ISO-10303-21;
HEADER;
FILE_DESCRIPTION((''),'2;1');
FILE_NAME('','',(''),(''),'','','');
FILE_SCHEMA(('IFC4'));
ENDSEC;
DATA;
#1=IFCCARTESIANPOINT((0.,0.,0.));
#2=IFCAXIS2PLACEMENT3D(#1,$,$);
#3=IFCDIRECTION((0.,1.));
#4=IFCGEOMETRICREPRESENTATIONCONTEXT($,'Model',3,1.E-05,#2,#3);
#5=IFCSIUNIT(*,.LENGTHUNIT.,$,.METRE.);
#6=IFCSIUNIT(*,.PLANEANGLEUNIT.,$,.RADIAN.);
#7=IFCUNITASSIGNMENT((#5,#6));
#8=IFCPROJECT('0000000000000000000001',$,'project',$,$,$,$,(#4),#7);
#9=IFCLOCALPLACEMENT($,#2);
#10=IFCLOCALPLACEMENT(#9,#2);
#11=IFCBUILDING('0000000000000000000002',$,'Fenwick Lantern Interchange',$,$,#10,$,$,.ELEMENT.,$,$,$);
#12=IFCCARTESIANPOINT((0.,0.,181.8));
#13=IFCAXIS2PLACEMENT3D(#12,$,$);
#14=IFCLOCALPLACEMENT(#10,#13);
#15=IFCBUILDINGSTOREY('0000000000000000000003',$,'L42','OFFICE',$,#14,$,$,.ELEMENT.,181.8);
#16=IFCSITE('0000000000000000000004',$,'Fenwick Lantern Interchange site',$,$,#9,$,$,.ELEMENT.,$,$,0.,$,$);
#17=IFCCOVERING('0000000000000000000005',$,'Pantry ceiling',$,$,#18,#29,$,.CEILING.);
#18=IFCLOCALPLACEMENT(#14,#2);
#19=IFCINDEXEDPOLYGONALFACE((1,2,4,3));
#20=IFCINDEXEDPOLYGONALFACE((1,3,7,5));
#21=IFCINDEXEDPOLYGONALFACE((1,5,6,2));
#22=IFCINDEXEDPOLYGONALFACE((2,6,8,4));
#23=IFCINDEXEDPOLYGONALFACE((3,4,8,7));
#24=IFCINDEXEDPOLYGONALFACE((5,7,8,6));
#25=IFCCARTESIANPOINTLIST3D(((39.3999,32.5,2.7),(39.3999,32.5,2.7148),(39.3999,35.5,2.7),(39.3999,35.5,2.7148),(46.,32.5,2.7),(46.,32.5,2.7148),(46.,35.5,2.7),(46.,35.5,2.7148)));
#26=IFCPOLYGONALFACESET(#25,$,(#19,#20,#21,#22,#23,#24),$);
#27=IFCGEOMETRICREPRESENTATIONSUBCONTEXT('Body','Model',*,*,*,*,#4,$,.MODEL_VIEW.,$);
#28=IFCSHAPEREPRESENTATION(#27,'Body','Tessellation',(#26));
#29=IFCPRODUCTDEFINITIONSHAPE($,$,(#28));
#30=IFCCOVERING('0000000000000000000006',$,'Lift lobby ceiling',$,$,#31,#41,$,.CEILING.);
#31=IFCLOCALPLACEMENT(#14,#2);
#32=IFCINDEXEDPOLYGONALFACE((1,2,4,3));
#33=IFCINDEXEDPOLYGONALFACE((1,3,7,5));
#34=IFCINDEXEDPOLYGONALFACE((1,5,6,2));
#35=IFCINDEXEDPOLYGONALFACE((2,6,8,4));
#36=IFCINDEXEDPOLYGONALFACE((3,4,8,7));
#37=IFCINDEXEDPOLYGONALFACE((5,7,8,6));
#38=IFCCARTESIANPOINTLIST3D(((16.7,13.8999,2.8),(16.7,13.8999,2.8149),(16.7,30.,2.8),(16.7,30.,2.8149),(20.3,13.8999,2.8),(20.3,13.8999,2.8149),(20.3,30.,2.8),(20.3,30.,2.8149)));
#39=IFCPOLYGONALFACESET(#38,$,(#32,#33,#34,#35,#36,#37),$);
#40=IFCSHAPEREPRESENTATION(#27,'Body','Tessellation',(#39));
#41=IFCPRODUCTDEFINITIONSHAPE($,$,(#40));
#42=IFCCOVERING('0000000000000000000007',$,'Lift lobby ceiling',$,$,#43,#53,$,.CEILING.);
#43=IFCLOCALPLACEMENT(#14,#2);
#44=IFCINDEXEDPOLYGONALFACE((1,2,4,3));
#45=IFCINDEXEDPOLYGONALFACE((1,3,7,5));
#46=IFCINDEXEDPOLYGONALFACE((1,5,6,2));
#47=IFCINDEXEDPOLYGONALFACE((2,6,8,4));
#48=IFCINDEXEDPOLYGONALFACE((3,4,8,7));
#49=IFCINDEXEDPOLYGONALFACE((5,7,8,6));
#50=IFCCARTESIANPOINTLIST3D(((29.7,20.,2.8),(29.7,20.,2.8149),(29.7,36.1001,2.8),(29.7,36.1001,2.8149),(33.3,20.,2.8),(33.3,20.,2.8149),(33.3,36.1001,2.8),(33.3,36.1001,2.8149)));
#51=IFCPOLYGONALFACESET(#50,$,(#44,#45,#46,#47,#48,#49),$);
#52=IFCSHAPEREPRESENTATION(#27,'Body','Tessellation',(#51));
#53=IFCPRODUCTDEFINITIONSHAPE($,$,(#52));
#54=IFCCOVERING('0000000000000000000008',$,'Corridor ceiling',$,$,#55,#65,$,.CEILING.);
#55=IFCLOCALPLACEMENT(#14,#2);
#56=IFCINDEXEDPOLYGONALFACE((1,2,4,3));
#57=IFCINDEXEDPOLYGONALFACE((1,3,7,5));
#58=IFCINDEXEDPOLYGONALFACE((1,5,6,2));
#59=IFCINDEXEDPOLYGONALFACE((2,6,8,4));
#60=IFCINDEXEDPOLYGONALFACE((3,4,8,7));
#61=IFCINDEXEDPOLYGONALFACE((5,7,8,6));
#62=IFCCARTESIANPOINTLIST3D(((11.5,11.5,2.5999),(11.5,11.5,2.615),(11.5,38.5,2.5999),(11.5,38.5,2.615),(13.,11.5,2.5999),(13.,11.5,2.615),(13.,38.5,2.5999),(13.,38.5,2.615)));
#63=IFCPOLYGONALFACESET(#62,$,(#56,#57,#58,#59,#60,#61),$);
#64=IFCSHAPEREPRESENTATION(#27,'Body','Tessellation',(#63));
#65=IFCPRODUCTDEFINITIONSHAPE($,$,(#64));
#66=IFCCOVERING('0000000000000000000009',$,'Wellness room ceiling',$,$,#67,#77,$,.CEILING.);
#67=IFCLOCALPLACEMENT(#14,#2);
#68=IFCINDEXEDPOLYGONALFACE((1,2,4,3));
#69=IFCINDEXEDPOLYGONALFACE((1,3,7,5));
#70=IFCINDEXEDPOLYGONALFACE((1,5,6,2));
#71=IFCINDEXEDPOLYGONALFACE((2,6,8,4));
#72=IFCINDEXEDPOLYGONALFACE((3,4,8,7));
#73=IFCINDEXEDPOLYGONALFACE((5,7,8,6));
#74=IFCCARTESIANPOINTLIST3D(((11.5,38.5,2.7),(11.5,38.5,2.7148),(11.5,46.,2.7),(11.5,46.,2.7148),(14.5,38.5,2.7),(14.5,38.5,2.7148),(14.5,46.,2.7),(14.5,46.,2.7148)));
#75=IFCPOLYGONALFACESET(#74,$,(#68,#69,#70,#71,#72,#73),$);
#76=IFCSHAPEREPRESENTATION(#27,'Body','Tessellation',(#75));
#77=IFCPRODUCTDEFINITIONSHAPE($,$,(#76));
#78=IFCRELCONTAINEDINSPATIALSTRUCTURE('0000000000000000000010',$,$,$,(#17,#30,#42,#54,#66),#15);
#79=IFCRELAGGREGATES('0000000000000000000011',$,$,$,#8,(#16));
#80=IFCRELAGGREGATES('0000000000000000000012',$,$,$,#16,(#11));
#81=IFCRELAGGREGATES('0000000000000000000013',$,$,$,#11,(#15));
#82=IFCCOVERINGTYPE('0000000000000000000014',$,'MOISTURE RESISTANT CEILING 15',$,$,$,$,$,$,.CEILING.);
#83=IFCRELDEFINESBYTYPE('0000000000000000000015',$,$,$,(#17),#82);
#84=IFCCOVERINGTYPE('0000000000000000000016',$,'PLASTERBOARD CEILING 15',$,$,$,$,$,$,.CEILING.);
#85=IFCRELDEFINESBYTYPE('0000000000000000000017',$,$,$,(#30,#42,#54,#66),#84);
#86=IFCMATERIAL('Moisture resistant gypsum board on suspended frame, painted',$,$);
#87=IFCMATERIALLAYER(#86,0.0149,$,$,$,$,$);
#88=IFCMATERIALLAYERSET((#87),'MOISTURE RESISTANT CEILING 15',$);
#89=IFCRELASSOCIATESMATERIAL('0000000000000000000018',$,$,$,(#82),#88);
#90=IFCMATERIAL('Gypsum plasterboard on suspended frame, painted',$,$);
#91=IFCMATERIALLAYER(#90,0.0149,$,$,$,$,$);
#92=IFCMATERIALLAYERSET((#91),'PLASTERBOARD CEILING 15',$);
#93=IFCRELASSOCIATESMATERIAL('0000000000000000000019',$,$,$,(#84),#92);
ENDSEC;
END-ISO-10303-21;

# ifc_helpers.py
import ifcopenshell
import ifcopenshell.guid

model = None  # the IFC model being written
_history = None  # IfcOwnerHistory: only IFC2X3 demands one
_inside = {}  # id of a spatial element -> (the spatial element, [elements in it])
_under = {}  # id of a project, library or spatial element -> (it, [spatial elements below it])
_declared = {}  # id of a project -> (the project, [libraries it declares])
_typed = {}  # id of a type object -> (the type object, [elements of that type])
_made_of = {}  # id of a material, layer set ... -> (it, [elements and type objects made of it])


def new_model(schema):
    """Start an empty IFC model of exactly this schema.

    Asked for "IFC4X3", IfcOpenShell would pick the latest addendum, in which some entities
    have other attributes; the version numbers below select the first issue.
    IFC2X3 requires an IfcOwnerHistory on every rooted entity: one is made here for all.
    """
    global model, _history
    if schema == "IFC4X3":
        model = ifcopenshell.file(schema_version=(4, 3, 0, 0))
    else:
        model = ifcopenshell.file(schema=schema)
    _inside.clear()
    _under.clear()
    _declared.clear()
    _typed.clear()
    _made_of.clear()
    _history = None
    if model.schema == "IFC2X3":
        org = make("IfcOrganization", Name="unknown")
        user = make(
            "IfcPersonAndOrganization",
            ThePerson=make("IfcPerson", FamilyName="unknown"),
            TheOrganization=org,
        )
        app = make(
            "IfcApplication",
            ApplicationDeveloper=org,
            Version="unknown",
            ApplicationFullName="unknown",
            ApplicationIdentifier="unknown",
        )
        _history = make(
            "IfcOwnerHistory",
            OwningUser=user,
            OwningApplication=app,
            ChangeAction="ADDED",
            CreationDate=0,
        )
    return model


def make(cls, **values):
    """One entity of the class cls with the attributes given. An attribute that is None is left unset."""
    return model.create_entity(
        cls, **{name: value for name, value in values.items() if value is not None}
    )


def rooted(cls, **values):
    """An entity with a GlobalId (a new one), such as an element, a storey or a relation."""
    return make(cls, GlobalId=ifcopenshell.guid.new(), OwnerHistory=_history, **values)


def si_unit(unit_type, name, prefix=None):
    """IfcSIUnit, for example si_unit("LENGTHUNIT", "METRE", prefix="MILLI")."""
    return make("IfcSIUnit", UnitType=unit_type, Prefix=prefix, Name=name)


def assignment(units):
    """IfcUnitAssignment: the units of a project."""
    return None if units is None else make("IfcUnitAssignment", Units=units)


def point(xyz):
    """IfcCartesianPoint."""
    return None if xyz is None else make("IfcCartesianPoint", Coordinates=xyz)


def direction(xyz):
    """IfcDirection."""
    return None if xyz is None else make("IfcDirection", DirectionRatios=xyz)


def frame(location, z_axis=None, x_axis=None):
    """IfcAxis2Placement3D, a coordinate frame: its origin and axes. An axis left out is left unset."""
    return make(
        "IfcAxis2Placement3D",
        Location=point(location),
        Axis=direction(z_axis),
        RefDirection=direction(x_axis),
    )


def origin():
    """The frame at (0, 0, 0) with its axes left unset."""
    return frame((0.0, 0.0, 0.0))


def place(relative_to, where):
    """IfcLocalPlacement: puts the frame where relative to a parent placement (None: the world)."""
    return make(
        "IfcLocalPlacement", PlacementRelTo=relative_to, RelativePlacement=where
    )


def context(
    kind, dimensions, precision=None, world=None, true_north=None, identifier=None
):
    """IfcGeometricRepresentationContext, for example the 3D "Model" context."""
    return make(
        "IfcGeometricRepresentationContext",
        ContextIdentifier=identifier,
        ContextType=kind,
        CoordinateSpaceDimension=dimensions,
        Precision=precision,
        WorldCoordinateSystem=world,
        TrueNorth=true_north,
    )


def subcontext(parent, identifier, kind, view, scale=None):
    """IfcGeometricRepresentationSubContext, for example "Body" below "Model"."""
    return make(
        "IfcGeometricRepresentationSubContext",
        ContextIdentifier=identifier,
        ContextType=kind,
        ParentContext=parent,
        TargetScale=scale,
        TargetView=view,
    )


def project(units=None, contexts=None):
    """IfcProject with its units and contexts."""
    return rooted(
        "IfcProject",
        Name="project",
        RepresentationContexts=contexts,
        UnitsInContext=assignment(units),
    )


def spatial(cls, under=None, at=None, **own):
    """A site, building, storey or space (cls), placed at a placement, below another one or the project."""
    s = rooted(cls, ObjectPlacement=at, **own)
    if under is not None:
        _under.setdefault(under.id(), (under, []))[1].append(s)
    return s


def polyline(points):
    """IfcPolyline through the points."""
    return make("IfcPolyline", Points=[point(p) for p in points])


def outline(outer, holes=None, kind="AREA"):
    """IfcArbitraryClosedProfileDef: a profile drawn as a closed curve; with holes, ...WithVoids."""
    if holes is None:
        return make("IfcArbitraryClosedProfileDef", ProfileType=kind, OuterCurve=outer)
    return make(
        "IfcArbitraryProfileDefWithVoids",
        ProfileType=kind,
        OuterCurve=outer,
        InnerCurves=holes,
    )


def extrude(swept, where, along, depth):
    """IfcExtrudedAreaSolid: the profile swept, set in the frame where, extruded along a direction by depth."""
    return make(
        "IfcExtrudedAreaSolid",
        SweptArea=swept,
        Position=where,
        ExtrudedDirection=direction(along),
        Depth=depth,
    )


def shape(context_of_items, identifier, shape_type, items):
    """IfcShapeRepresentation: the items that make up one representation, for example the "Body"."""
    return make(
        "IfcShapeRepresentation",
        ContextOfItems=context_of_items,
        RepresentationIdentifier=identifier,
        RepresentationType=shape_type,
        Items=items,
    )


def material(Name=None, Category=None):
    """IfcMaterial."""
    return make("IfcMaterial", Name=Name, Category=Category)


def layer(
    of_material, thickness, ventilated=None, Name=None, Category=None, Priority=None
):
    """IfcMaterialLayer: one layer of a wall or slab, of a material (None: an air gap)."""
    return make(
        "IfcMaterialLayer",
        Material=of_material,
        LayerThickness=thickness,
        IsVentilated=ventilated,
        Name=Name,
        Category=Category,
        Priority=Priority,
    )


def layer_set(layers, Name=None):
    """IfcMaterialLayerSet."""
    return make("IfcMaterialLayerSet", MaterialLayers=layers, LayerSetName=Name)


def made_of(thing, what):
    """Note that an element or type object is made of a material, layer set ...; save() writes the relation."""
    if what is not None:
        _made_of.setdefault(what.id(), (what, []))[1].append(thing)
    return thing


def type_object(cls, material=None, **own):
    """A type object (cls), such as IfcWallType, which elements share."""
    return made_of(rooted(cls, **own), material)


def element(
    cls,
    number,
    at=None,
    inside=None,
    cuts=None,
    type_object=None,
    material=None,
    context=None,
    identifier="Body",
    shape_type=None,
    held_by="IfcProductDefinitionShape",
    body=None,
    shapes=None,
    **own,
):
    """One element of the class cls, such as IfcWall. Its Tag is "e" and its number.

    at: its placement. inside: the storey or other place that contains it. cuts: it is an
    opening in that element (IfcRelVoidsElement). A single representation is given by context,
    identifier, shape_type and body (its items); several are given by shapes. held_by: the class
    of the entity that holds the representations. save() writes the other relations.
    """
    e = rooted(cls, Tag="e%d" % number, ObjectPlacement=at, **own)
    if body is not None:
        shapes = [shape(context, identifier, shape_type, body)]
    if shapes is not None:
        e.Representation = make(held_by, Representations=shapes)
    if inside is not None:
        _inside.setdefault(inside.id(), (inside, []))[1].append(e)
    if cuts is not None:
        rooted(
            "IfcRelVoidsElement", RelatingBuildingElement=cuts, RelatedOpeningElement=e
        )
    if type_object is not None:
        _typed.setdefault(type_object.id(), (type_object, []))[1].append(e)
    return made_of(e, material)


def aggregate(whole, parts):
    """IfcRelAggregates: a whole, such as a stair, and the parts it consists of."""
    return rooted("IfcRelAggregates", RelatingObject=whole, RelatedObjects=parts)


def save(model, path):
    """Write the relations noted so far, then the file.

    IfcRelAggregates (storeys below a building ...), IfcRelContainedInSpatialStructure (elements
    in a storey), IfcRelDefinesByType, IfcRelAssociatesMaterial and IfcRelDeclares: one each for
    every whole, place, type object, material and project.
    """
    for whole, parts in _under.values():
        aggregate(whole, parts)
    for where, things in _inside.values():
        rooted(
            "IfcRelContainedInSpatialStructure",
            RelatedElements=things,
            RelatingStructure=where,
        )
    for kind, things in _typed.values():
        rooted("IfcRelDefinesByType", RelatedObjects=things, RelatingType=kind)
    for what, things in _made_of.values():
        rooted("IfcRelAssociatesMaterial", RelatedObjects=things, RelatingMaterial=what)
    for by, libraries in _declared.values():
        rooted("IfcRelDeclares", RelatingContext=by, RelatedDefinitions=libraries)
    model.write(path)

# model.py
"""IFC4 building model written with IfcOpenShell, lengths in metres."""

from ifc_helpers import new_model, si_unit, direction, frame, origin, place, context, subcontext, project, spatial, polyline, outline, extrude, material, layer, layer_set, type_object, element, save


model = new_model("IFC4")

# Units and contexts
model_context = context("Model", 3, precision=1e-05, world=origin(), true_north=direction((0.0, 1.0)))
body_context = subcontext(model_context, "Body", "Model", "MODEL_VIEW")
ifc_project = project(units=[si_unit("LENGTHUNIT", "METRE"), si_unit("PLANEANGLEUNIT", "RADIAN")], contexts=[model_context])

# Site, building, storey
site_placement = place(None, origin())
site = spatial("IfcSite", under=ifc_project, at=site_placement, Name="Fenwick Lantern Interchange site", CompositionType="ELEMENT", RefElevation=0.0)
building_placement = place(site_placement, origin())
building = spatial("IfcBuilding", under=site, at=building_placement, Name="Fenwick Lantern Interchange", CompositionType="ELEMENT")
storey_placement = place(building_placement, frame((0.0, 0.0, 181.8)))
storey = spatial("IfcBuildingStorey", under=building, at=storey_placement, Name="L42", Description="OFFICE", CompositionType="ELEMENT", Elevation=181.8)

# Coverings
ifc_material_1 = material(Name="Moisture resistant gypsum board on suspended frame, painted")
ifc_layer_1 = layer(ifc_material_1, 0.0149)
ifc_layer_set_1 = layer_set([ifc_layer_1], Name="MOISTURE RESISTANT CEILING 15")
covering_type_1 = type_object("IfcCoveringType", Name="MOISTURE RESISTANT CEILING 15", PredefinedType="CEILING", material=ifc_layer_set_1)
covering_1_placement = place(storey_placement, frame((0.0, 0.0, 2.7)))
element("IfcCovering", 1, at=covering_1_placement, inside=storey, type_object=covering_type_1, Name="Pantry ceiling", PredefinedType="CEILING", context=body_context, shape_type="SweptSolid", body=[
    extrude(outline(polyline([(46.0, 32.5), (46.0, 35.5), (39.3999, 35.5), (39.3999, 32.5), (46.0, 32.5)])), origin(), (0.0, 0.0, 1.0), 0.0149),
])
ifc_material_2 = material(Name="Gypsum plasterboard on suspended frame, painted")
ifc_layer_2 = layer(ifc_material_2, 0.0149)
ifc_layer_set_2 = layer_set([ifc_layer_2], Name="PLASTERBOARD CEILING 15")
covering_type_2 = type_object("IfcCoveringType", Name="PLASTERBOARD CEILING 15", PredefinedType="CEILING", material=ifc_layer_set_2)
covering_2_placement = place(storey_placement, frame((0.0, 0.0, 2.8)))
element("IfcCovering", 2, at=covering_2_placement, inside=storey, type_object=covering_type_2, Name="Lift lobby ceiling", PredefinedType="CEILING", context=body_context, shape_type="SweptSolid", body=[
    extrude(outline(polyline([(16.7, 13.8999), (20.3, 13.8999), (20.3, 30.0), (16.7, 30.0), (16.7, 13.8999)])), origin(), (0.0, 0.0, 1.0), 0.0149),
])
covering_3_placement = place(storey_placement, frame((0.0, 0.0, 2.8)))
element("IfcCovering", 3, at=covering_3_placement, inside=storey, type_object=covering_type_2, Name="Lift lobby ceiling", PredefinedType="CEILING", context=body_context, shape_type="SweptSolid", body=[
    extrude(outline(polyline([(33.3, 36.1001), (29.7, 36.1001), (29.7, 20.0), (33.3, 20.0), (33.3, 36.1001)])), origin(), (0.0, 0.0, 1.0), 0.0149),
])
covering_4_placement = place(storey_placement, frame((0.0, 0.0, 2.5999)))
element("IfcCovering", 4, at=covering_4_placement, inside=storey, type_object=covering_type_2, Name="Corridor ceiling", PredefinedType="CEILING", context=body_context, shape_type="SweptSolid", body=[
    extrude(outline(polyline([(13.0, 38.5), (11.5, 38.5), (11.5, 11.5), (13.0, 11.5), (13.0, 38.5)])), origin(), (0.0, 0.0, 1.0), 0.0151),
])
covering_5_placement = place(storey_placement, frame((0.0, 0.0, 2.7)))
element("IfcCovering", 5, at=covering_5_placement, inside=storey, type_object=covering_type_2, Name="Wellness room ceiling", PredefinedType="CEILING", context=body_context, shape_type="SweptSolid", body=[
    extrude(outline(polyline([(14.5, 46.0), (11.5, 46.0), (11.5, 38.5), (14.5, 38.5), (14.5, 46.0)])), origin(), (0.0, 0.0, 1.0), 0.0149),
])

save(model, "model.ifc")
